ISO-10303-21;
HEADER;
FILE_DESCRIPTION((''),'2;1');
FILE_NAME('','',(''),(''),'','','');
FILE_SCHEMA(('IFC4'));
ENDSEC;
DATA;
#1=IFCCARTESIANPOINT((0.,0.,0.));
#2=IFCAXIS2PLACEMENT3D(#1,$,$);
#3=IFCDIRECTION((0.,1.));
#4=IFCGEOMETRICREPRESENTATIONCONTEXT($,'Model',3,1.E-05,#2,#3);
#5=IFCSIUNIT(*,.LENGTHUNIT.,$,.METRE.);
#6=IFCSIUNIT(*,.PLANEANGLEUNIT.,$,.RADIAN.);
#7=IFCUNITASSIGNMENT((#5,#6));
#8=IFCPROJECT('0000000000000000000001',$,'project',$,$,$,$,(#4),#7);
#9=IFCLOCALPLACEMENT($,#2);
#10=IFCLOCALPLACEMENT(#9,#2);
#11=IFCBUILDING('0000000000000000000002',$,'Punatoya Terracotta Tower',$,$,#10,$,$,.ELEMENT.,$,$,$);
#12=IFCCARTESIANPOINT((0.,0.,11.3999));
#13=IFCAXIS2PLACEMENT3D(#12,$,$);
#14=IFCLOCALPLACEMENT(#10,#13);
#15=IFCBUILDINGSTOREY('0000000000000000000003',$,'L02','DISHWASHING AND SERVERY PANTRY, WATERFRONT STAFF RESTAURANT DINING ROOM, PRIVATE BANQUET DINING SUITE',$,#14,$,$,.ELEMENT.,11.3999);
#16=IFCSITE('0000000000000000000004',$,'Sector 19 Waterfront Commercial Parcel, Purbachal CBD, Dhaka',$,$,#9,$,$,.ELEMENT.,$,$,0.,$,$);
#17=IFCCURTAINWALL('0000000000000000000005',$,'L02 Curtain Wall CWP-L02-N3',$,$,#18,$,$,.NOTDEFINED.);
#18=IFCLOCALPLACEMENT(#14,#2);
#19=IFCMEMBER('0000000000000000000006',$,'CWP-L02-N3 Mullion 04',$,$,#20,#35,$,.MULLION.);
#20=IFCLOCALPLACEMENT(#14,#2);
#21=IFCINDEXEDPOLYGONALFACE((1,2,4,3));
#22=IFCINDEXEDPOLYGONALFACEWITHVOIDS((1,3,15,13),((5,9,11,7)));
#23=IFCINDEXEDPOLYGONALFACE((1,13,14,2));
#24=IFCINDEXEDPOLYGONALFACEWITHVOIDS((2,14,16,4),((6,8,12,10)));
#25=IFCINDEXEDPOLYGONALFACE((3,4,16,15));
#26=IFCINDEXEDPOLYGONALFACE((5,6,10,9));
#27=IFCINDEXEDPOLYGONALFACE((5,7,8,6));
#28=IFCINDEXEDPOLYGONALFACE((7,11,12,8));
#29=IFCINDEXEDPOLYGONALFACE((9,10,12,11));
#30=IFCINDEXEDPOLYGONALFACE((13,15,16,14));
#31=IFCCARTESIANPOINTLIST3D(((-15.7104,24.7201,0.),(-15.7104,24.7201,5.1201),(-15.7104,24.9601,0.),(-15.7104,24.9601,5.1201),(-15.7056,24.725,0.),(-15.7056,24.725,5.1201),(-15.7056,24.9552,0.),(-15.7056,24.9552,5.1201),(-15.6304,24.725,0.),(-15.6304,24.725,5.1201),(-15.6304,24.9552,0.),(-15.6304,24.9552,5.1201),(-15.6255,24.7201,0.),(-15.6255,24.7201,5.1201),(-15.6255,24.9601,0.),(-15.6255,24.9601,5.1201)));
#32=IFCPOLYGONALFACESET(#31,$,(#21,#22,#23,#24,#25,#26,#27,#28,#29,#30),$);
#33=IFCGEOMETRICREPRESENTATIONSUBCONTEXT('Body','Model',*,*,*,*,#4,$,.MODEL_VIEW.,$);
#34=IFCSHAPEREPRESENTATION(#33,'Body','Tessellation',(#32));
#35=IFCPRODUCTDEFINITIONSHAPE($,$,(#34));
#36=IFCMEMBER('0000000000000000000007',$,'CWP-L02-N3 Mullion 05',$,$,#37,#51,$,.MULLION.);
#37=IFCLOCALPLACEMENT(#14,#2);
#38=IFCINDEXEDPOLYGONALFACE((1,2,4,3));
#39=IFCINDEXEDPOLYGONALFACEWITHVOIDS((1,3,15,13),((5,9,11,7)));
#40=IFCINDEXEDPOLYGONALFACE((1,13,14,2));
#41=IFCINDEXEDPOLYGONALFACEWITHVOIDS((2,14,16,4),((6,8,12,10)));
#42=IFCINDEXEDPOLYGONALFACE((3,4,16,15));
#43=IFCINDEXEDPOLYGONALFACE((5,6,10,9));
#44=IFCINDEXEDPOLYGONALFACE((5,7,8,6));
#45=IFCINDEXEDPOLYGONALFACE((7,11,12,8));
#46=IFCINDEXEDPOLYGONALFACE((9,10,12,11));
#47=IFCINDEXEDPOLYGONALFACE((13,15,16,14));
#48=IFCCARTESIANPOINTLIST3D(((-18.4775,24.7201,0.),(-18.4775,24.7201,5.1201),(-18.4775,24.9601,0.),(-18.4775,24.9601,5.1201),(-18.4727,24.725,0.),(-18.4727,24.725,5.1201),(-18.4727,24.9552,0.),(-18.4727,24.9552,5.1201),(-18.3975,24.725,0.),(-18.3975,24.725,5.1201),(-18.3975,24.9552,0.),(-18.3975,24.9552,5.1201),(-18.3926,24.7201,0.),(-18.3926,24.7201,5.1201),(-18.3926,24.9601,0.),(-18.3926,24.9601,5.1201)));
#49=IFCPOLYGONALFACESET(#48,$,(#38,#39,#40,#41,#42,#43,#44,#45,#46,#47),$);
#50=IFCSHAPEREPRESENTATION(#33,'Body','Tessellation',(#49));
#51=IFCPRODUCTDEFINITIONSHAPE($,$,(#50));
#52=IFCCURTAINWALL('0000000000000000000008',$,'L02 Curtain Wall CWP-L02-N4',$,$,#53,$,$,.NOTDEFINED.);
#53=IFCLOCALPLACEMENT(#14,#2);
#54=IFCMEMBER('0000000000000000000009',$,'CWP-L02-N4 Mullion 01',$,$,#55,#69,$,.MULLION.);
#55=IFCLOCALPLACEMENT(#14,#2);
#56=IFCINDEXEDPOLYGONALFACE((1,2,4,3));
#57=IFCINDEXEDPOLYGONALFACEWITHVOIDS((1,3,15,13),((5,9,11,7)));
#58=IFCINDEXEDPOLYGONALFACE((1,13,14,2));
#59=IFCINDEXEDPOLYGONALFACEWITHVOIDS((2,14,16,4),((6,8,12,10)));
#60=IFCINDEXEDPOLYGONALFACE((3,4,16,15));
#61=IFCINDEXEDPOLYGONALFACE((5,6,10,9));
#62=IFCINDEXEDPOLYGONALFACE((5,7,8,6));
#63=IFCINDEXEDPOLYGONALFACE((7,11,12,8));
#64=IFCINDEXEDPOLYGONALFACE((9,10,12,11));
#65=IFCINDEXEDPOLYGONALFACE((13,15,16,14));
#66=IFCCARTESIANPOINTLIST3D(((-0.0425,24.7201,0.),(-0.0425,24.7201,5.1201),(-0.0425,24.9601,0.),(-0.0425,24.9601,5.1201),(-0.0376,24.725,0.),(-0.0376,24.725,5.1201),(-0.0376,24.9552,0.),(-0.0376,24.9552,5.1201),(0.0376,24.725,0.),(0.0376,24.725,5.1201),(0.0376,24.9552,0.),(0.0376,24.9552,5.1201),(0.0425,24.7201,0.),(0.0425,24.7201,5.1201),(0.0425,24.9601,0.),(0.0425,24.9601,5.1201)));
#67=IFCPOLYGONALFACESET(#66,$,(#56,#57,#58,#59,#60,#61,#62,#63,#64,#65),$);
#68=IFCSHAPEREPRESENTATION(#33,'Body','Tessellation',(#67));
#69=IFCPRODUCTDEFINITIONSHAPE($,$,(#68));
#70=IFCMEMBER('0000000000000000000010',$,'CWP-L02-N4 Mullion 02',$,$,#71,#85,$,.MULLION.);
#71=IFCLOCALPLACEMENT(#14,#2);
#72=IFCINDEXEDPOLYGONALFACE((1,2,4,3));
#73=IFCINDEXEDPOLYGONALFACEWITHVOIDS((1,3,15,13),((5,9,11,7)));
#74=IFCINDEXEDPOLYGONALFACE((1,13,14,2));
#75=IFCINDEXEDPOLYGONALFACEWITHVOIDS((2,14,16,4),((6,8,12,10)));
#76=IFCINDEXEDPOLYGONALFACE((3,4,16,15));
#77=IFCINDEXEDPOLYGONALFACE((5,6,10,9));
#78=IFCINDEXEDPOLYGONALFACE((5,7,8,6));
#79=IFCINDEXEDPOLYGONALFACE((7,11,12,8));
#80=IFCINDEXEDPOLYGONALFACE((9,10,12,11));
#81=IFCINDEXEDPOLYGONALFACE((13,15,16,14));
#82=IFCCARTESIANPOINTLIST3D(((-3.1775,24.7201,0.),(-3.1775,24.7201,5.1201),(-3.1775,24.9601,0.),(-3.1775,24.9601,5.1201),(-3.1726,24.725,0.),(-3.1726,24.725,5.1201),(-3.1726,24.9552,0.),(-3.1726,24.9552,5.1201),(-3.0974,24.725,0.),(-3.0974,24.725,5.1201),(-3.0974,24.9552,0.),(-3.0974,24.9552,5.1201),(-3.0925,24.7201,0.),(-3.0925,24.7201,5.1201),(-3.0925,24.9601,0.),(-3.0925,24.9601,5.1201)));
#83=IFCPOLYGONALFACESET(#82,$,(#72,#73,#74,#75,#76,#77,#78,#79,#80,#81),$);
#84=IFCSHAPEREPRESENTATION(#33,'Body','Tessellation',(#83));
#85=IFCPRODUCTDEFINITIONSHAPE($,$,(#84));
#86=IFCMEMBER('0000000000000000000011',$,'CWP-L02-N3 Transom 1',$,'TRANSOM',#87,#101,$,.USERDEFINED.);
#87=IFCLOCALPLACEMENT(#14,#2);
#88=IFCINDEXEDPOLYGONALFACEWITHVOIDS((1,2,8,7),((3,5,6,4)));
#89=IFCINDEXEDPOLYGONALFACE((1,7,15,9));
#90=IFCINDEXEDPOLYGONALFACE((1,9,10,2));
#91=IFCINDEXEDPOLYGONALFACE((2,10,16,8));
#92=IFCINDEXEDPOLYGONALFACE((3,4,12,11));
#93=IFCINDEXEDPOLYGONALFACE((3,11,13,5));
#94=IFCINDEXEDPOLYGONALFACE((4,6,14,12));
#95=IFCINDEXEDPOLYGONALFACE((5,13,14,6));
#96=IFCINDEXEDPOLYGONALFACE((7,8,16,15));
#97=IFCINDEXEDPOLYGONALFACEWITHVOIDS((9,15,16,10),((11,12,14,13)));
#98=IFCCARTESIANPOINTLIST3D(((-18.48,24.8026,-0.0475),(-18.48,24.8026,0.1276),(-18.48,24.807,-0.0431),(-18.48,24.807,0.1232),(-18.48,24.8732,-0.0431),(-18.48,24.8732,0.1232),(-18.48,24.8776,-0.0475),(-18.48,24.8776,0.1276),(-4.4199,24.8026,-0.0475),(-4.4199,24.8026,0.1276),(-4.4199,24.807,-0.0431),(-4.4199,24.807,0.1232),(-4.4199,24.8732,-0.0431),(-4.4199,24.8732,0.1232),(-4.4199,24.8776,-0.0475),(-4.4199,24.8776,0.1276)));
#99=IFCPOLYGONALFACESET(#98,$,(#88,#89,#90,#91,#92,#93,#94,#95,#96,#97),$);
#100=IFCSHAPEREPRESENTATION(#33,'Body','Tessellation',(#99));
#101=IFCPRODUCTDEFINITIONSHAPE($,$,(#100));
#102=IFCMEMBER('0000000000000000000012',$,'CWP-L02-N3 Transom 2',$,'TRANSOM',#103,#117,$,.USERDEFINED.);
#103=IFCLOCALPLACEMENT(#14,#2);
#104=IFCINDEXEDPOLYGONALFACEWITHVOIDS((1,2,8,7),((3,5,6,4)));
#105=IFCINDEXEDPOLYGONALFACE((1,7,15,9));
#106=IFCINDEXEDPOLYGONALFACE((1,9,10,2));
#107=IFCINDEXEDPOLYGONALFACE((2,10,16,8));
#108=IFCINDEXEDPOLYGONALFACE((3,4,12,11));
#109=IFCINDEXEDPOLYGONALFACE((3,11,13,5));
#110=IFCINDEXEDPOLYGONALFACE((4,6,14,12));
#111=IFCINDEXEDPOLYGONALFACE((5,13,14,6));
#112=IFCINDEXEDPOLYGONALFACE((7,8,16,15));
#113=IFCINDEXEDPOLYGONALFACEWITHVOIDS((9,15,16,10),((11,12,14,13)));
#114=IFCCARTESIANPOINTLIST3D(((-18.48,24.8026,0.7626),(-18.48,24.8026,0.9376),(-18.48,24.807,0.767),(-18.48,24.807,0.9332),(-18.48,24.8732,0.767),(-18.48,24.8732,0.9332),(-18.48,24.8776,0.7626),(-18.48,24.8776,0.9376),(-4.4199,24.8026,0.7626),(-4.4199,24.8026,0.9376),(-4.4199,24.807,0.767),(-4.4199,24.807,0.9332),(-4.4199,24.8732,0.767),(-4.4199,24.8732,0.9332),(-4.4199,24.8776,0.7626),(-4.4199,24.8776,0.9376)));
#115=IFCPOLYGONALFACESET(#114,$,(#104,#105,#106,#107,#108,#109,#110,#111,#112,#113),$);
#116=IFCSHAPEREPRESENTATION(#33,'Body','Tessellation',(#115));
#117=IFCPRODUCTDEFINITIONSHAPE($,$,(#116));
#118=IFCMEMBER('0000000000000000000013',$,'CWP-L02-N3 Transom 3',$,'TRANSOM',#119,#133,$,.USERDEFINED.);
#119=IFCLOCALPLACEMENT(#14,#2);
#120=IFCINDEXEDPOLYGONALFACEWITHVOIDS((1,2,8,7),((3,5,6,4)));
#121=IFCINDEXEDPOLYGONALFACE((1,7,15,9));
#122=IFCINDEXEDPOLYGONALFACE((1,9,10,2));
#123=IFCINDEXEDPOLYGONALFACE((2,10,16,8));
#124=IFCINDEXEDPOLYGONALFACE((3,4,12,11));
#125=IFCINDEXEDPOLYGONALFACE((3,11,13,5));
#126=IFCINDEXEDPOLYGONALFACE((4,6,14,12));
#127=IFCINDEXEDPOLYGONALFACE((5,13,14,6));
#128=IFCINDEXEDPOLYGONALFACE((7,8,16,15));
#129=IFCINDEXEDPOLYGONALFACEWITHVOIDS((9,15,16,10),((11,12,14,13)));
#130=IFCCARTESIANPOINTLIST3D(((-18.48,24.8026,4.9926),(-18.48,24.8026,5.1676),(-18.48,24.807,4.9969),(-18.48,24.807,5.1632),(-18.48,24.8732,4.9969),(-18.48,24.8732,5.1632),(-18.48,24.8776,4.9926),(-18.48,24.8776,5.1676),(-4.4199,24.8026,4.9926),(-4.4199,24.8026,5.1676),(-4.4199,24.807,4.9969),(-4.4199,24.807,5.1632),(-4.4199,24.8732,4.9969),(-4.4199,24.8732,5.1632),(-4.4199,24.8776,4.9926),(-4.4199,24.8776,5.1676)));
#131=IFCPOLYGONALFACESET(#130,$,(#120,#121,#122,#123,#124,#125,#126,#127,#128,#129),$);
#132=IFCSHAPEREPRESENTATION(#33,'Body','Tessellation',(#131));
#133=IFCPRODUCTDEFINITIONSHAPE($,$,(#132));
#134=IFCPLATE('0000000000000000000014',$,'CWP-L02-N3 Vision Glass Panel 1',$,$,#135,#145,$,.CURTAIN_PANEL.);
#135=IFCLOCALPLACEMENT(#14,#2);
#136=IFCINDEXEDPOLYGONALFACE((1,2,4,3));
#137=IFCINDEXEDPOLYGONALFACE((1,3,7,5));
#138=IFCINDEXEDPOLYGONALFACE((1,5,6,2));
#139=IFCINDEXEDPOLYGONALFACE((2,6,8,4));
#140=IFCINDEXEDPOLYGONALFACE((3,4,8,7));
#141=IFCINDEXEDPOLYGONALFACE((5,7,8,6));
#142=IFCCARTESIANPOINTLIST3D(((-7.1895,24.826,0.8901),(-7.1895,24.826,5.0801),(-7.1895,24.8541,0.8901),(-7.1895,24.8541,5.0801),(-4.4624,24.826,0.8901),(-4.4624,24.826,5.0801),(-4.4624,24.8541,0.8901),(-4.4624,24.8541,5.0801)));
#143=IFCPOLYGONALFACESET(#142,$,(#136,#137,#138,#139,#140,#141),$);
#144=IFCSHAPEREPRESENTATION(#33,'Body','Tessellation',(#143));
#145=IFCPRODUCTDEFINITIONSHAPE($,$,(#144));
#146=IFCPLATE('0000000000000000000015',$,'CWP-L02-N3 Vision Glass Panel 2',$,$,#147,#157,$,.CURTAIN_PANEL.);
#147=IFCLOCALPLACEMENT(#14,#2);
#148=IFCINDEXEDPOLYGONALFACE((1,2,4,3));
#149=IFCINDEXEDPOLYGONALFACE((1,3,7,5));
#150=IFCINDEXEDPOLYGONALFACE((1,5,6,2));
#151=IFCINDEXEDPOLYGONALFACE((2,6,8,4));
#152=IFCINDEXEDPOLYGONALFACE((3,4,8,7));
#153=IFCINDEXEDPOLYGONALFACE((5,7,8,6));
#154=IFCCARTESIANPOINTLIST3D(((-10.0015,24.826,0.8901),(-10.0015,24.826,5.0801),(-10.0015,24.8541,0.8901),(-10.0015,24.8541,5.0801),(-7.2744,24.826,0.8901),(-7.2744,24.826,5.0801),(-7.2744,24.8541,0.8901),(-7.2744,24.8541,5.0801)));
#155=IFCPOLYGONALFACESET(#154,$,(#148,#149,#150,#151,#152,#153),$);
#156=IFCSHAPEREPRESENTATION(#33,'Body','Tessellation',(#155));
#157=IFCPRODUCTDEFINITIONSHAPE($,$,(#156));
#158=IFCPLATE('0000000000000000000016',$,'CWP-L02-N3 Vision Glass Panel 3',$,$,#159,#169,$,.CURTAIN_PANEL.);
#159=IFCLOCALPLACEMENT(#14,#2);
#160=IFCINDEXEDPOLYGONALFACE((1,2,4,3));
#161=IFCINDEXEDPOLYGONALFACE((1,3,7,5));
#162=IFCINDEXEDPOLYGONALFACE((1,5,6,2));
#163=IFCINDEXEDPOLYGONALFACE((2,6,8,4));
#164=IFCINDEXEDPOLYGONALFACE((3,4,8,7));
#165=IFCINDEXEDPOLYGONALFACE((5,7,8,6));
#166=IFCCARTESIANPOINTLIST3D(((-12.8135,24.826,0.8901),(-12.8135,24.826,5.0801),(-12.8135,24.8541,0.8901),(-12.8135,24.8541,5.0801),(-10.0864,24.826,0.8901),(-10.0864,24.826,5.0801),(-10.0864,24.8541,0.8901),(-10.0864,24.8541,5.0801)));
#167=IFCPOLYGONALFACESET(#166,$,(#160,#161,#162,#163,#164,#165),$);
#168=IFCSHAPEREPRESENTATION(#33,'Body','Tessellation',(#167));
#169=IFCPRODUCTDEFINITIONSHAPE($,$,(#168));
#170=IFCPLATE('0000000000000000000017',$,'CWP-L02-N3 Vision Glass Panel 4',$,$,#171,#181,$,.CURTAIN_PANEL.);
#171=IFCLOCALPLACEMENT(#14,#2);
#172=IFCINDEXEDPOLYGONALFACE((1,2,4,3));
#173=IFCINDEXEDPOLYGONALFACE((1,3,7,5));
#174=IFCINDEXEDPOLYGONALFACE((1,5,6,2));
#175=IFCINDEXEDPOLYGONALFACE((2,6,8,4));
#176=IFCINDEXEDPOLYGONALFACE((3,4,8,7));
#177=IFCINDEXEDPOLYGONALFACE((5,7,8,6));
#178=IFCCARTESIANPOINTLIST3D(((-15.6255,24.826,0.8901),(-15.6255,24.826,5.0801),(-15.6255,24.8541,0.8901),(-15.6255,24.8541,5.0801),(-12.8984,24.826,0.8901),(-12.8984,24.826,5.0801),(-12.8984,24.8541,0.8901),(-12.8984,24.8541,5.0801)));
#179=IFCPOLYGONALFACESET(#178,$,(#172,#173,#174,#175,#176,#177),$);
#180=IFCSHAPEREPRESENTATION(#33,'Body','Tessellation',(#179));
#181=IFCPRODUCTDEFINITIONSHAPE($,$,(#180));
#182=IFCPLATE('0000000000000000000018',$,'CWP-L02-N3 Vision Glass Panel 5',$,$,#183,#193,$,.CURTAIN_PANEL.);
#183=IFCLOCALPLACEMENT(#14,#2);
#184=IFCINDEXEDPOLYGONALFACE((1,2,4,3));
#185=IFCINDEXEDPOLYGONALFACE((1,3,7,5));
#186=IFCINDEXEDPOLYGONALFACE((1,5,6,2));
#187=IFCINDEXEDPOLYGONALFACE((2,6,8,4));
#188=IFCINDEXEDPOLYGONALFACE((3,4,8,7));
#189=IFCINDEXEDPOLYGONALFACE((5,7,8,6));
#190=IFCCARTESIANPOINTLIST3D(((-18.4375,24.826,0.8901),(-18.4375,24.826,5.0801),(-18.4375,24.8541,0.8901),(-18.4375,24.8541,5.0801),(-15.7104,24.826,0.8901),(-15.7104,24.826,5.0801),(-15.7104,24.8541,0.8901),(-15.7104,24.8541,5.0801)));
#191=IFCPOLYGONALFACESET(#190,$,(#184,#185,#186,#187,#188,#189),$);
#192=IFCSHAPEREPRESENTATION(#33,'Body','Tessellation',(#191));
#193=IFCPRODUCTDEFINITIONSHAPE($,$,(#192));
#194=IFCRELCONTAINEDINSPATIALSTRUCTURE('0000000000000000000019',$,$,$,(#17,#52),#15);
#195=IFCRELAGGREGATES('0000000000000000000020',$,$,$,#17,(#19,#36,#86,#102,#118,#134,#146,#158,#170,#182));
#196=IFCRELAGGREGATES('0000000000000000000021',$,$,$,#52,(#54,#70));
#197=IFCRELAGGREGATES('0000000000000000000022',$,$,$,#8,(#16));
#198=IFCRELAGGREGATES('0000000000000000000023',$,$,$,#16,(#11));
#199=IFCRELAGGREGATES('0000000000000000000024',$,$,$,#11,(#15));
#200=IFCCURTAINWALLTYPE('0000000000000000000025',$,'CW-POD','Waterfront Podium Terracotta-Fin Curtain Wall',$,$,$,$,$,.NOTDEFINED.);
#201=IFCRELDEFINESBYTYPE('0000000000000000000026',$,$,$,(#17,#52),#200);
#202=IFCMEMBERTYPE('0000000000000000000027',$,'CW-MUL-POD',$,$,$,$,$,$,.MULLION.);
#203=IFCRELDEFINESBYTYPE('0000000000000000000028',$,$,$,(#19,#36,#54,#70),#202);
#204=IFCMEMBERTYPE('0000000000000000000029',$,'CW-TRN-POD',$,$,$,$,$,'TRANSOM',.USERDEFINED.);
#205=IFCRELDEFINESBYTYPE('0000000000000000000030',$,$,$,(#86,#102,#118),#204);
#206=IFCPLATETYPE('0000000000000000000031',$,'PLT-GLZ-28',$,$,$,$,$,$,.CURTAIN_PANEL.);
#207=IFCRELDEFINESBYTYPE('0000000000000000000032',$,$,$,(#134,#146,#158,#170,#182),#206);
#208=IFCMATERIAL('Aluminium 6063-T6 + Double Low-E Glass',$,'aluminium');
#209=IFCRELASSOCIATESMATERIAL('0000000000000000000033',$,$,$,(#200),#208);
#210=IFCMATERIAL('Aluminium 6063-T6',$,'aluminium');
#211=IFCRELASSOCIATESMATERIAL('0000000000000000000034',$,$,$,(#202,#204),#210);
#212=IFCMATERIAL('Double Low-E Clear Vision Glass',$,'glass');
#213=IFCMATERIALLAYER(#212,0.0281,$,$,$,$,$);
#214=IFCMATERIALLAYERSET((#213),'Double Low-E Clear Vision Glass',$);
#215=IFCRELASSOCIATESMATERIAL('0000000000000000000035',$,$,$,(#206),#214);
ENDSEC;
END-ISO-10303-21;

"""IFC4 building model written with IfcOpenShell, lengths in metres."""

from ifc_helpers import new_model, si_unit, direction, frame, origin, origin_2d, place, context, subcontext, project, spatial, rectangle, hollow_rectangle, extrude, material, layer, layer_set, material_profile, profile_set, type_object, element, aggregate, save


model = new_model("IFC4")

# Units and contexts
model_context = context("Model", 3, precision=1e-05, world=origin(), true_north=direction((0.0, 1.0)))
body_context = subcontext(model_context, "Body", "Model", "MODEL_VIEW")
ifc_project = project(units=[si_unit("LENGTHUNIT", "METRE"), si_unit("PLANEANGLEUNIT", "RADIAN")], contexts=[model_context])

# Site, building, storey
site_placement = place(None, origin())
site = spatial("IfcSite", under=ifc_project, at=site_placement, Name="Sector 19 Waterfront Commercial Parcel, Purbachal CBD, Dhaka", CompositionType="ELEMENT", RefElevation=0.0)
building_placement = place(site_placement, origin())
building = spatial("IfcBuilding", under=site, at=building_placement, Name="Punatoya Terracotta Tower", CompositionType="ELEMENT")
storey_placement = place(building_placement, frame((0.0, 0.0, 11.3999)))
storey = spatial("IfcBuildingStorey", under=building, at=storey_placement, Name="L02", Description="DISHWASHING AND SERVERY PANTRY, WATERFRONT STAFF RESTAURANT DINING ROOM, PRIVATE BANQUET DINING SUITE", CompositionType="ELEMENT", Elevation=11.3999)

# Curtain walls, members
ifc_material_1 = material(Name="Aluminium 6063-T6 + Double Low-E Glass", Category="aluminium")
curtain_wall_type = type_object("IfcCurtainWallType", Name="CW-POD", Description="Waterfront Podium Terracotta-Fin Curtain Wall", PredefinedType="NOTDEFINED", material=ifc_material_1)
curtain_wall_1_placement = place(storey_placement, origin())
curtain_wall_1 = element("IfcCurtainWall", 1, at=curtain_wall_1_placement, inside=storey, type_object=curtain_wall_type, Name="L02 Curtain Wall CWP-L02-N3", PredefinedType="NOTDEFINED")
ifc_material_2 = material(Name="Aluminium 6063-T6", Category="aluminium")
ifc_material_profile_1 = material_profile(ifc_material_2, hollow_rectangle(XDim=0.085, YDim=0.24, WallThickness=0.0049, at=origin_2d()))
ifc_profile_set_1 = profile_set([ifc_material_profile_1], Name="Aluminium 6063-T6")
member_type_1 = type_object("IfcMemberType", Name="CW-MUL-POD", PredefinedType="MULLION", material=ifc_profile_set_1)
member_1_placement = place(storey_placement, frame((-15.668, 24.8401, 0.0), z_axis=(0.0, 0.0, 1.0), x_axis=(1.0, 0.0, 0.0)))
member_1 = element("IfcMember", 2, at=member_1_placement, type_object=member_type_1, Name="CWP-L02-N3 Mullion 04", PredefinedType="MULLION", context=body_context, shape_type="SweptSolid", body=[
    extrude(hollow_rectangle(XDim=0.085, YDim=0.24, WallThickness=0.0049, at=origin_2d()), origin(), (0.0, 0.0, 1.0), 5.1201),
])
member_2_placement = place(storey_placement, frame((-18.4351, 24.8401, 0.0), z_axis=(0.0, 0.0, 1.0), x_axis=(1.0, 0.0, 0.0)))
member_2 = element("IfcMember", 3, at=member_2_placement, type_object=member_type_1, Name="CWP-L02-N3 Mullion 05", PredefinedType="MULLION", context=body_context, shape_type="SweptSolid", body=[
    extrude(hollow_rectangle(XDim=0.085, YDim=0.24, WallThickness=0.0049, at=origin_2d()), origin(), (0.0, 0.0, 1.0), 5.1201),
])
curtain_wall_2_placement = place(storey_placement, origin())
curtain_wall_2 = element("IfcCurtainWall", 4, at=curtain_wall_2_placement, inside=storey, type_object=curtain_wall_type, Name="L02 Curtain Wall CWP-L02-N4", PredefinedType="NOTDEFINED")
member_3_placement = place(storey_placement, frame((0.0, 24.8401, 0.0), z_axis=(0.0, 0.0, 1.0), x_axis=(1.0, 0.0, 0.0)))
member_3 = element("IfcMember", 5, at=member_3_placement, type_object=member_type_1, Name="CWP-L02-N4 Mullion 01", PredefinedType="MULLION", context=body_context, shape_type="SweptSolid", body=[
    extrude(hollow_rectangle(XDim=0.085, YDim=0.24, WallThickness=0.0049, at=origin_2d()), origin(), (0.0, 0.0, 1.0), 5.1201),
])
member_4_placement = place(storey_placement, frame((-3.135, 24.8401, 0.0), z_axis=(0.0, 0.0, 1.0), x_axis=(1.0, 0.0, 0.0)))
member_4 = element("IfcMember", 6, at=member_4_placement, type_object=member_type_1, Name="CWP-L02-N4 Mullion 02", PredefinedType="MULLION", context=body_context, shape_type="SweptSolid", body=[
    extrude(hollow_rectangle(XDim=0.085, YDim=0.24, WallThickness=0.0049, at=origin_2d()), origin(), (0.0, 0.0, 1.0), 5.1201),
])

# Members
ifc_material_profile_2 = material_profile(ifc_material_2, hollow_rectangle(XDim=0.075, YDim=0.175, WallThickness=0.0044, at=origin_2d()))
ifc_profile_set_2 = profile_set([ifc_material_profile_2], Name="Aluminium 6063-T6")
member_type_2 = type_object("IfcMemberType", Name="CW-TRN-POD", ElementType="TRANSOM", PredefinedType="USERDEFINED", material=ifc_profile_set_2)
member_5_placement = place(storey_placement, frame((-4.4199, 24.8401, 0.04), z_axis=(-1.0, 0.0, 0.0), x_axis=(0.0, -1.0, 0.0)))
member_5 = element("IfcMember", 7, at=member_5_placement, type_object=member_type_2, Name="CWP-L02-N3 Transom 1", ObjectType="TRANSOM", PredefinedType="USERDEFINED", context=body_context, shape_type="SweptSolid", body=[
    extrude(hollow_rectangle(XDim=0.075, YDim=0.175, WallThickness=0.0044, at=origin_2d()), origin(), (0.0, 0.0, 1.0), 14.0601),
])
member_6_placement = place(storey_placement, frame((-4.4199, 24.8401, 0.8501), z_axis=(-1.0, 0.0, 0.0), x_axis=(0.0, -1.0, 0.0)))
member_6 = element("IfcMember", 8, at=member_6_placement, type_object=member_type_2, Name="CWP-L02-N3 Transom 2", ObjectType="TRANSOM", PredefinedType="USERDEFINED", context=body_context, shape_type="SweptSolid", body=[
    extrude(hollow_rectangle(XDim=0.075, YDim=0.175, WallThickness=0.0044, at=origin_2d()), origin(), (0.0, 0.0, 1.0), 14.0601),
])
member_7_placement = place(storey_placement, frame((-4.4199, 24.8401, 5.0801), z_axis=(-1.0, 0.0, 0.0), x_axis=(0.0, -1.0, 0.0)))
member_7 = element("IfcMember", 9, at=member_7_placement, type_object=member_type_2, Name="CWP-L02-N3 Transom 3", ObjectType="TRANSOM", PredefinedType="USERDEFINED", context=body_context, shape_type="SweptSolid", body=[
    extrude(hollow_rectangle(XDim=0.075, YDim=0.175, WallThickness=0.0044, at=origin_2d()), origin(), (0.0, 0.0, 1.0), 14.0601),
])

# Plates
ifc_material_3 = material(Name="Double Low-E Clear Vision Glass", Category="glass")
ifc_layer_1 = layer(ifc_material_3, 0.0281)
ifc_layer_set_1 = layer_set([ifc_layer_1], Name="Double Low-E Clear Vision Glass")
plate_type_1 = type_object("IfcPlateType", Name="PLT-GLZ-28", PredefinedType="CURTAIN_PANEL", material=ifc_layer_set_1)
plate_1_placement = place(storey_placement, frame((-5.8259, 24.8401, 0.8901), z_axis=(0.0, 0.0, 1.0), x_axis=(-1.0, 0.0, 0.0)))
plate_1 = element("IfcPlate", 10, at=plate_1_placement, type_object=plate_type_1, Name="CWP-L02-N3 Vision Glass Panel 1", PredefinedType="CURTAIN_PANEL", context=body_context, shape_type="SweptSolid", body=[
    extrude(rectangle(XDim=2.7271, YDim=0.0281, at=origin_2d()), origin(), (0.0, 0.0, 1.0), 4.1899),
])
plate_2_placement = place(storey_placement, frame((-8.6379, 24.8401, 0.8901), z_axis=(0.0, 0.0, 1.0), x_axis=(-1.0, 0.0, 0.0)))
plate_2 = element("IfcPlate", 11, at=plate_2_placement, type_object=plate_type_1, Name="CWP-L02-N3 Vision Glass Panel 2", PredefinedType="CURTAIN_PANEL", context=body_context, shape_type="SweptSolid", body=[
    extrude(rectangle(XDim=2.7271, YDim=0.0281, at=origin_2d()), origin(), (0.0, 0.0, 1.0), 4.1899),
])
plate_3_placement = place(storey_placement, frame((-11.45, 24.8401, 0.8901), z_axis=(0.0, 0.0, 1.0), x_axis=(-1.0, 0.0, 0.0)))
plate_3 = element("IfcPlate", 12, at=plate_3_placement, type_object=plate_type_1, Name="CWP-L02-N3 Vision Glass Panel 3", PredefinedType="CURTAIN_PANEL", context=body_context, shape_type="SweptSolid", body=[
    extrude(rectangle(XDim=2.7271, YDim=0.0281, at=origin_2d()), origin(), (0.0, 0.0, 1.0), 4.1899),
])
plate_4_placement = place(storey_placement, frame((-14.262, 24.8401, 0.8901), z_axis=(0.0, 0.0, 1.0), x_axis=(-1.0, 0.0, 0.0)))
plate_4 = element("IfcPlate", 13, at=plate_4_placement, type_object=plate_type_1, Name="CWP-L02-N3 Vision Glass Panel 4", PredefinedType="CURTAIN_PANEL", context=body_context, shape_type="SweptSolid", body=[
    extrude(rectangle(XDim=2.7271, YDim=0.0281, at=origin_2d()), origin(), (0.0, 0.0, 1.0), 4.1899),
])
plate_5_placement = place(storey_placement, frame((-17.074, 24.8401, 0.8901), z_axis=(0.0, 0.0, 1.0), x_axis=(-1.0, 0.0, 0.0)))
plate_5 = element("IfcPlate", 14, at=plate_5_placement, type_object=plate_type_1, Name="CWP-L02-N3 Vision Glass Panel 5", PredefinedType="CURTAIN_PANEL", context=body_context, shape_type="SweptSolid", body=[
    extrude(rectangle(XDim=2.7271, YDim=0.0281, at=origin_2d()), origin(), (0.0, 0.0, 1.0), 4.1899),
])
aggregate(curtain_wall_1, [member_1, member_2, member_5, member_6, member_7, plate_1, plate_2, plate_3, plate_4, plate_5])
aggregate(curtain_wall_2, [member_3, member_4])

save(model, "model.ifc")
